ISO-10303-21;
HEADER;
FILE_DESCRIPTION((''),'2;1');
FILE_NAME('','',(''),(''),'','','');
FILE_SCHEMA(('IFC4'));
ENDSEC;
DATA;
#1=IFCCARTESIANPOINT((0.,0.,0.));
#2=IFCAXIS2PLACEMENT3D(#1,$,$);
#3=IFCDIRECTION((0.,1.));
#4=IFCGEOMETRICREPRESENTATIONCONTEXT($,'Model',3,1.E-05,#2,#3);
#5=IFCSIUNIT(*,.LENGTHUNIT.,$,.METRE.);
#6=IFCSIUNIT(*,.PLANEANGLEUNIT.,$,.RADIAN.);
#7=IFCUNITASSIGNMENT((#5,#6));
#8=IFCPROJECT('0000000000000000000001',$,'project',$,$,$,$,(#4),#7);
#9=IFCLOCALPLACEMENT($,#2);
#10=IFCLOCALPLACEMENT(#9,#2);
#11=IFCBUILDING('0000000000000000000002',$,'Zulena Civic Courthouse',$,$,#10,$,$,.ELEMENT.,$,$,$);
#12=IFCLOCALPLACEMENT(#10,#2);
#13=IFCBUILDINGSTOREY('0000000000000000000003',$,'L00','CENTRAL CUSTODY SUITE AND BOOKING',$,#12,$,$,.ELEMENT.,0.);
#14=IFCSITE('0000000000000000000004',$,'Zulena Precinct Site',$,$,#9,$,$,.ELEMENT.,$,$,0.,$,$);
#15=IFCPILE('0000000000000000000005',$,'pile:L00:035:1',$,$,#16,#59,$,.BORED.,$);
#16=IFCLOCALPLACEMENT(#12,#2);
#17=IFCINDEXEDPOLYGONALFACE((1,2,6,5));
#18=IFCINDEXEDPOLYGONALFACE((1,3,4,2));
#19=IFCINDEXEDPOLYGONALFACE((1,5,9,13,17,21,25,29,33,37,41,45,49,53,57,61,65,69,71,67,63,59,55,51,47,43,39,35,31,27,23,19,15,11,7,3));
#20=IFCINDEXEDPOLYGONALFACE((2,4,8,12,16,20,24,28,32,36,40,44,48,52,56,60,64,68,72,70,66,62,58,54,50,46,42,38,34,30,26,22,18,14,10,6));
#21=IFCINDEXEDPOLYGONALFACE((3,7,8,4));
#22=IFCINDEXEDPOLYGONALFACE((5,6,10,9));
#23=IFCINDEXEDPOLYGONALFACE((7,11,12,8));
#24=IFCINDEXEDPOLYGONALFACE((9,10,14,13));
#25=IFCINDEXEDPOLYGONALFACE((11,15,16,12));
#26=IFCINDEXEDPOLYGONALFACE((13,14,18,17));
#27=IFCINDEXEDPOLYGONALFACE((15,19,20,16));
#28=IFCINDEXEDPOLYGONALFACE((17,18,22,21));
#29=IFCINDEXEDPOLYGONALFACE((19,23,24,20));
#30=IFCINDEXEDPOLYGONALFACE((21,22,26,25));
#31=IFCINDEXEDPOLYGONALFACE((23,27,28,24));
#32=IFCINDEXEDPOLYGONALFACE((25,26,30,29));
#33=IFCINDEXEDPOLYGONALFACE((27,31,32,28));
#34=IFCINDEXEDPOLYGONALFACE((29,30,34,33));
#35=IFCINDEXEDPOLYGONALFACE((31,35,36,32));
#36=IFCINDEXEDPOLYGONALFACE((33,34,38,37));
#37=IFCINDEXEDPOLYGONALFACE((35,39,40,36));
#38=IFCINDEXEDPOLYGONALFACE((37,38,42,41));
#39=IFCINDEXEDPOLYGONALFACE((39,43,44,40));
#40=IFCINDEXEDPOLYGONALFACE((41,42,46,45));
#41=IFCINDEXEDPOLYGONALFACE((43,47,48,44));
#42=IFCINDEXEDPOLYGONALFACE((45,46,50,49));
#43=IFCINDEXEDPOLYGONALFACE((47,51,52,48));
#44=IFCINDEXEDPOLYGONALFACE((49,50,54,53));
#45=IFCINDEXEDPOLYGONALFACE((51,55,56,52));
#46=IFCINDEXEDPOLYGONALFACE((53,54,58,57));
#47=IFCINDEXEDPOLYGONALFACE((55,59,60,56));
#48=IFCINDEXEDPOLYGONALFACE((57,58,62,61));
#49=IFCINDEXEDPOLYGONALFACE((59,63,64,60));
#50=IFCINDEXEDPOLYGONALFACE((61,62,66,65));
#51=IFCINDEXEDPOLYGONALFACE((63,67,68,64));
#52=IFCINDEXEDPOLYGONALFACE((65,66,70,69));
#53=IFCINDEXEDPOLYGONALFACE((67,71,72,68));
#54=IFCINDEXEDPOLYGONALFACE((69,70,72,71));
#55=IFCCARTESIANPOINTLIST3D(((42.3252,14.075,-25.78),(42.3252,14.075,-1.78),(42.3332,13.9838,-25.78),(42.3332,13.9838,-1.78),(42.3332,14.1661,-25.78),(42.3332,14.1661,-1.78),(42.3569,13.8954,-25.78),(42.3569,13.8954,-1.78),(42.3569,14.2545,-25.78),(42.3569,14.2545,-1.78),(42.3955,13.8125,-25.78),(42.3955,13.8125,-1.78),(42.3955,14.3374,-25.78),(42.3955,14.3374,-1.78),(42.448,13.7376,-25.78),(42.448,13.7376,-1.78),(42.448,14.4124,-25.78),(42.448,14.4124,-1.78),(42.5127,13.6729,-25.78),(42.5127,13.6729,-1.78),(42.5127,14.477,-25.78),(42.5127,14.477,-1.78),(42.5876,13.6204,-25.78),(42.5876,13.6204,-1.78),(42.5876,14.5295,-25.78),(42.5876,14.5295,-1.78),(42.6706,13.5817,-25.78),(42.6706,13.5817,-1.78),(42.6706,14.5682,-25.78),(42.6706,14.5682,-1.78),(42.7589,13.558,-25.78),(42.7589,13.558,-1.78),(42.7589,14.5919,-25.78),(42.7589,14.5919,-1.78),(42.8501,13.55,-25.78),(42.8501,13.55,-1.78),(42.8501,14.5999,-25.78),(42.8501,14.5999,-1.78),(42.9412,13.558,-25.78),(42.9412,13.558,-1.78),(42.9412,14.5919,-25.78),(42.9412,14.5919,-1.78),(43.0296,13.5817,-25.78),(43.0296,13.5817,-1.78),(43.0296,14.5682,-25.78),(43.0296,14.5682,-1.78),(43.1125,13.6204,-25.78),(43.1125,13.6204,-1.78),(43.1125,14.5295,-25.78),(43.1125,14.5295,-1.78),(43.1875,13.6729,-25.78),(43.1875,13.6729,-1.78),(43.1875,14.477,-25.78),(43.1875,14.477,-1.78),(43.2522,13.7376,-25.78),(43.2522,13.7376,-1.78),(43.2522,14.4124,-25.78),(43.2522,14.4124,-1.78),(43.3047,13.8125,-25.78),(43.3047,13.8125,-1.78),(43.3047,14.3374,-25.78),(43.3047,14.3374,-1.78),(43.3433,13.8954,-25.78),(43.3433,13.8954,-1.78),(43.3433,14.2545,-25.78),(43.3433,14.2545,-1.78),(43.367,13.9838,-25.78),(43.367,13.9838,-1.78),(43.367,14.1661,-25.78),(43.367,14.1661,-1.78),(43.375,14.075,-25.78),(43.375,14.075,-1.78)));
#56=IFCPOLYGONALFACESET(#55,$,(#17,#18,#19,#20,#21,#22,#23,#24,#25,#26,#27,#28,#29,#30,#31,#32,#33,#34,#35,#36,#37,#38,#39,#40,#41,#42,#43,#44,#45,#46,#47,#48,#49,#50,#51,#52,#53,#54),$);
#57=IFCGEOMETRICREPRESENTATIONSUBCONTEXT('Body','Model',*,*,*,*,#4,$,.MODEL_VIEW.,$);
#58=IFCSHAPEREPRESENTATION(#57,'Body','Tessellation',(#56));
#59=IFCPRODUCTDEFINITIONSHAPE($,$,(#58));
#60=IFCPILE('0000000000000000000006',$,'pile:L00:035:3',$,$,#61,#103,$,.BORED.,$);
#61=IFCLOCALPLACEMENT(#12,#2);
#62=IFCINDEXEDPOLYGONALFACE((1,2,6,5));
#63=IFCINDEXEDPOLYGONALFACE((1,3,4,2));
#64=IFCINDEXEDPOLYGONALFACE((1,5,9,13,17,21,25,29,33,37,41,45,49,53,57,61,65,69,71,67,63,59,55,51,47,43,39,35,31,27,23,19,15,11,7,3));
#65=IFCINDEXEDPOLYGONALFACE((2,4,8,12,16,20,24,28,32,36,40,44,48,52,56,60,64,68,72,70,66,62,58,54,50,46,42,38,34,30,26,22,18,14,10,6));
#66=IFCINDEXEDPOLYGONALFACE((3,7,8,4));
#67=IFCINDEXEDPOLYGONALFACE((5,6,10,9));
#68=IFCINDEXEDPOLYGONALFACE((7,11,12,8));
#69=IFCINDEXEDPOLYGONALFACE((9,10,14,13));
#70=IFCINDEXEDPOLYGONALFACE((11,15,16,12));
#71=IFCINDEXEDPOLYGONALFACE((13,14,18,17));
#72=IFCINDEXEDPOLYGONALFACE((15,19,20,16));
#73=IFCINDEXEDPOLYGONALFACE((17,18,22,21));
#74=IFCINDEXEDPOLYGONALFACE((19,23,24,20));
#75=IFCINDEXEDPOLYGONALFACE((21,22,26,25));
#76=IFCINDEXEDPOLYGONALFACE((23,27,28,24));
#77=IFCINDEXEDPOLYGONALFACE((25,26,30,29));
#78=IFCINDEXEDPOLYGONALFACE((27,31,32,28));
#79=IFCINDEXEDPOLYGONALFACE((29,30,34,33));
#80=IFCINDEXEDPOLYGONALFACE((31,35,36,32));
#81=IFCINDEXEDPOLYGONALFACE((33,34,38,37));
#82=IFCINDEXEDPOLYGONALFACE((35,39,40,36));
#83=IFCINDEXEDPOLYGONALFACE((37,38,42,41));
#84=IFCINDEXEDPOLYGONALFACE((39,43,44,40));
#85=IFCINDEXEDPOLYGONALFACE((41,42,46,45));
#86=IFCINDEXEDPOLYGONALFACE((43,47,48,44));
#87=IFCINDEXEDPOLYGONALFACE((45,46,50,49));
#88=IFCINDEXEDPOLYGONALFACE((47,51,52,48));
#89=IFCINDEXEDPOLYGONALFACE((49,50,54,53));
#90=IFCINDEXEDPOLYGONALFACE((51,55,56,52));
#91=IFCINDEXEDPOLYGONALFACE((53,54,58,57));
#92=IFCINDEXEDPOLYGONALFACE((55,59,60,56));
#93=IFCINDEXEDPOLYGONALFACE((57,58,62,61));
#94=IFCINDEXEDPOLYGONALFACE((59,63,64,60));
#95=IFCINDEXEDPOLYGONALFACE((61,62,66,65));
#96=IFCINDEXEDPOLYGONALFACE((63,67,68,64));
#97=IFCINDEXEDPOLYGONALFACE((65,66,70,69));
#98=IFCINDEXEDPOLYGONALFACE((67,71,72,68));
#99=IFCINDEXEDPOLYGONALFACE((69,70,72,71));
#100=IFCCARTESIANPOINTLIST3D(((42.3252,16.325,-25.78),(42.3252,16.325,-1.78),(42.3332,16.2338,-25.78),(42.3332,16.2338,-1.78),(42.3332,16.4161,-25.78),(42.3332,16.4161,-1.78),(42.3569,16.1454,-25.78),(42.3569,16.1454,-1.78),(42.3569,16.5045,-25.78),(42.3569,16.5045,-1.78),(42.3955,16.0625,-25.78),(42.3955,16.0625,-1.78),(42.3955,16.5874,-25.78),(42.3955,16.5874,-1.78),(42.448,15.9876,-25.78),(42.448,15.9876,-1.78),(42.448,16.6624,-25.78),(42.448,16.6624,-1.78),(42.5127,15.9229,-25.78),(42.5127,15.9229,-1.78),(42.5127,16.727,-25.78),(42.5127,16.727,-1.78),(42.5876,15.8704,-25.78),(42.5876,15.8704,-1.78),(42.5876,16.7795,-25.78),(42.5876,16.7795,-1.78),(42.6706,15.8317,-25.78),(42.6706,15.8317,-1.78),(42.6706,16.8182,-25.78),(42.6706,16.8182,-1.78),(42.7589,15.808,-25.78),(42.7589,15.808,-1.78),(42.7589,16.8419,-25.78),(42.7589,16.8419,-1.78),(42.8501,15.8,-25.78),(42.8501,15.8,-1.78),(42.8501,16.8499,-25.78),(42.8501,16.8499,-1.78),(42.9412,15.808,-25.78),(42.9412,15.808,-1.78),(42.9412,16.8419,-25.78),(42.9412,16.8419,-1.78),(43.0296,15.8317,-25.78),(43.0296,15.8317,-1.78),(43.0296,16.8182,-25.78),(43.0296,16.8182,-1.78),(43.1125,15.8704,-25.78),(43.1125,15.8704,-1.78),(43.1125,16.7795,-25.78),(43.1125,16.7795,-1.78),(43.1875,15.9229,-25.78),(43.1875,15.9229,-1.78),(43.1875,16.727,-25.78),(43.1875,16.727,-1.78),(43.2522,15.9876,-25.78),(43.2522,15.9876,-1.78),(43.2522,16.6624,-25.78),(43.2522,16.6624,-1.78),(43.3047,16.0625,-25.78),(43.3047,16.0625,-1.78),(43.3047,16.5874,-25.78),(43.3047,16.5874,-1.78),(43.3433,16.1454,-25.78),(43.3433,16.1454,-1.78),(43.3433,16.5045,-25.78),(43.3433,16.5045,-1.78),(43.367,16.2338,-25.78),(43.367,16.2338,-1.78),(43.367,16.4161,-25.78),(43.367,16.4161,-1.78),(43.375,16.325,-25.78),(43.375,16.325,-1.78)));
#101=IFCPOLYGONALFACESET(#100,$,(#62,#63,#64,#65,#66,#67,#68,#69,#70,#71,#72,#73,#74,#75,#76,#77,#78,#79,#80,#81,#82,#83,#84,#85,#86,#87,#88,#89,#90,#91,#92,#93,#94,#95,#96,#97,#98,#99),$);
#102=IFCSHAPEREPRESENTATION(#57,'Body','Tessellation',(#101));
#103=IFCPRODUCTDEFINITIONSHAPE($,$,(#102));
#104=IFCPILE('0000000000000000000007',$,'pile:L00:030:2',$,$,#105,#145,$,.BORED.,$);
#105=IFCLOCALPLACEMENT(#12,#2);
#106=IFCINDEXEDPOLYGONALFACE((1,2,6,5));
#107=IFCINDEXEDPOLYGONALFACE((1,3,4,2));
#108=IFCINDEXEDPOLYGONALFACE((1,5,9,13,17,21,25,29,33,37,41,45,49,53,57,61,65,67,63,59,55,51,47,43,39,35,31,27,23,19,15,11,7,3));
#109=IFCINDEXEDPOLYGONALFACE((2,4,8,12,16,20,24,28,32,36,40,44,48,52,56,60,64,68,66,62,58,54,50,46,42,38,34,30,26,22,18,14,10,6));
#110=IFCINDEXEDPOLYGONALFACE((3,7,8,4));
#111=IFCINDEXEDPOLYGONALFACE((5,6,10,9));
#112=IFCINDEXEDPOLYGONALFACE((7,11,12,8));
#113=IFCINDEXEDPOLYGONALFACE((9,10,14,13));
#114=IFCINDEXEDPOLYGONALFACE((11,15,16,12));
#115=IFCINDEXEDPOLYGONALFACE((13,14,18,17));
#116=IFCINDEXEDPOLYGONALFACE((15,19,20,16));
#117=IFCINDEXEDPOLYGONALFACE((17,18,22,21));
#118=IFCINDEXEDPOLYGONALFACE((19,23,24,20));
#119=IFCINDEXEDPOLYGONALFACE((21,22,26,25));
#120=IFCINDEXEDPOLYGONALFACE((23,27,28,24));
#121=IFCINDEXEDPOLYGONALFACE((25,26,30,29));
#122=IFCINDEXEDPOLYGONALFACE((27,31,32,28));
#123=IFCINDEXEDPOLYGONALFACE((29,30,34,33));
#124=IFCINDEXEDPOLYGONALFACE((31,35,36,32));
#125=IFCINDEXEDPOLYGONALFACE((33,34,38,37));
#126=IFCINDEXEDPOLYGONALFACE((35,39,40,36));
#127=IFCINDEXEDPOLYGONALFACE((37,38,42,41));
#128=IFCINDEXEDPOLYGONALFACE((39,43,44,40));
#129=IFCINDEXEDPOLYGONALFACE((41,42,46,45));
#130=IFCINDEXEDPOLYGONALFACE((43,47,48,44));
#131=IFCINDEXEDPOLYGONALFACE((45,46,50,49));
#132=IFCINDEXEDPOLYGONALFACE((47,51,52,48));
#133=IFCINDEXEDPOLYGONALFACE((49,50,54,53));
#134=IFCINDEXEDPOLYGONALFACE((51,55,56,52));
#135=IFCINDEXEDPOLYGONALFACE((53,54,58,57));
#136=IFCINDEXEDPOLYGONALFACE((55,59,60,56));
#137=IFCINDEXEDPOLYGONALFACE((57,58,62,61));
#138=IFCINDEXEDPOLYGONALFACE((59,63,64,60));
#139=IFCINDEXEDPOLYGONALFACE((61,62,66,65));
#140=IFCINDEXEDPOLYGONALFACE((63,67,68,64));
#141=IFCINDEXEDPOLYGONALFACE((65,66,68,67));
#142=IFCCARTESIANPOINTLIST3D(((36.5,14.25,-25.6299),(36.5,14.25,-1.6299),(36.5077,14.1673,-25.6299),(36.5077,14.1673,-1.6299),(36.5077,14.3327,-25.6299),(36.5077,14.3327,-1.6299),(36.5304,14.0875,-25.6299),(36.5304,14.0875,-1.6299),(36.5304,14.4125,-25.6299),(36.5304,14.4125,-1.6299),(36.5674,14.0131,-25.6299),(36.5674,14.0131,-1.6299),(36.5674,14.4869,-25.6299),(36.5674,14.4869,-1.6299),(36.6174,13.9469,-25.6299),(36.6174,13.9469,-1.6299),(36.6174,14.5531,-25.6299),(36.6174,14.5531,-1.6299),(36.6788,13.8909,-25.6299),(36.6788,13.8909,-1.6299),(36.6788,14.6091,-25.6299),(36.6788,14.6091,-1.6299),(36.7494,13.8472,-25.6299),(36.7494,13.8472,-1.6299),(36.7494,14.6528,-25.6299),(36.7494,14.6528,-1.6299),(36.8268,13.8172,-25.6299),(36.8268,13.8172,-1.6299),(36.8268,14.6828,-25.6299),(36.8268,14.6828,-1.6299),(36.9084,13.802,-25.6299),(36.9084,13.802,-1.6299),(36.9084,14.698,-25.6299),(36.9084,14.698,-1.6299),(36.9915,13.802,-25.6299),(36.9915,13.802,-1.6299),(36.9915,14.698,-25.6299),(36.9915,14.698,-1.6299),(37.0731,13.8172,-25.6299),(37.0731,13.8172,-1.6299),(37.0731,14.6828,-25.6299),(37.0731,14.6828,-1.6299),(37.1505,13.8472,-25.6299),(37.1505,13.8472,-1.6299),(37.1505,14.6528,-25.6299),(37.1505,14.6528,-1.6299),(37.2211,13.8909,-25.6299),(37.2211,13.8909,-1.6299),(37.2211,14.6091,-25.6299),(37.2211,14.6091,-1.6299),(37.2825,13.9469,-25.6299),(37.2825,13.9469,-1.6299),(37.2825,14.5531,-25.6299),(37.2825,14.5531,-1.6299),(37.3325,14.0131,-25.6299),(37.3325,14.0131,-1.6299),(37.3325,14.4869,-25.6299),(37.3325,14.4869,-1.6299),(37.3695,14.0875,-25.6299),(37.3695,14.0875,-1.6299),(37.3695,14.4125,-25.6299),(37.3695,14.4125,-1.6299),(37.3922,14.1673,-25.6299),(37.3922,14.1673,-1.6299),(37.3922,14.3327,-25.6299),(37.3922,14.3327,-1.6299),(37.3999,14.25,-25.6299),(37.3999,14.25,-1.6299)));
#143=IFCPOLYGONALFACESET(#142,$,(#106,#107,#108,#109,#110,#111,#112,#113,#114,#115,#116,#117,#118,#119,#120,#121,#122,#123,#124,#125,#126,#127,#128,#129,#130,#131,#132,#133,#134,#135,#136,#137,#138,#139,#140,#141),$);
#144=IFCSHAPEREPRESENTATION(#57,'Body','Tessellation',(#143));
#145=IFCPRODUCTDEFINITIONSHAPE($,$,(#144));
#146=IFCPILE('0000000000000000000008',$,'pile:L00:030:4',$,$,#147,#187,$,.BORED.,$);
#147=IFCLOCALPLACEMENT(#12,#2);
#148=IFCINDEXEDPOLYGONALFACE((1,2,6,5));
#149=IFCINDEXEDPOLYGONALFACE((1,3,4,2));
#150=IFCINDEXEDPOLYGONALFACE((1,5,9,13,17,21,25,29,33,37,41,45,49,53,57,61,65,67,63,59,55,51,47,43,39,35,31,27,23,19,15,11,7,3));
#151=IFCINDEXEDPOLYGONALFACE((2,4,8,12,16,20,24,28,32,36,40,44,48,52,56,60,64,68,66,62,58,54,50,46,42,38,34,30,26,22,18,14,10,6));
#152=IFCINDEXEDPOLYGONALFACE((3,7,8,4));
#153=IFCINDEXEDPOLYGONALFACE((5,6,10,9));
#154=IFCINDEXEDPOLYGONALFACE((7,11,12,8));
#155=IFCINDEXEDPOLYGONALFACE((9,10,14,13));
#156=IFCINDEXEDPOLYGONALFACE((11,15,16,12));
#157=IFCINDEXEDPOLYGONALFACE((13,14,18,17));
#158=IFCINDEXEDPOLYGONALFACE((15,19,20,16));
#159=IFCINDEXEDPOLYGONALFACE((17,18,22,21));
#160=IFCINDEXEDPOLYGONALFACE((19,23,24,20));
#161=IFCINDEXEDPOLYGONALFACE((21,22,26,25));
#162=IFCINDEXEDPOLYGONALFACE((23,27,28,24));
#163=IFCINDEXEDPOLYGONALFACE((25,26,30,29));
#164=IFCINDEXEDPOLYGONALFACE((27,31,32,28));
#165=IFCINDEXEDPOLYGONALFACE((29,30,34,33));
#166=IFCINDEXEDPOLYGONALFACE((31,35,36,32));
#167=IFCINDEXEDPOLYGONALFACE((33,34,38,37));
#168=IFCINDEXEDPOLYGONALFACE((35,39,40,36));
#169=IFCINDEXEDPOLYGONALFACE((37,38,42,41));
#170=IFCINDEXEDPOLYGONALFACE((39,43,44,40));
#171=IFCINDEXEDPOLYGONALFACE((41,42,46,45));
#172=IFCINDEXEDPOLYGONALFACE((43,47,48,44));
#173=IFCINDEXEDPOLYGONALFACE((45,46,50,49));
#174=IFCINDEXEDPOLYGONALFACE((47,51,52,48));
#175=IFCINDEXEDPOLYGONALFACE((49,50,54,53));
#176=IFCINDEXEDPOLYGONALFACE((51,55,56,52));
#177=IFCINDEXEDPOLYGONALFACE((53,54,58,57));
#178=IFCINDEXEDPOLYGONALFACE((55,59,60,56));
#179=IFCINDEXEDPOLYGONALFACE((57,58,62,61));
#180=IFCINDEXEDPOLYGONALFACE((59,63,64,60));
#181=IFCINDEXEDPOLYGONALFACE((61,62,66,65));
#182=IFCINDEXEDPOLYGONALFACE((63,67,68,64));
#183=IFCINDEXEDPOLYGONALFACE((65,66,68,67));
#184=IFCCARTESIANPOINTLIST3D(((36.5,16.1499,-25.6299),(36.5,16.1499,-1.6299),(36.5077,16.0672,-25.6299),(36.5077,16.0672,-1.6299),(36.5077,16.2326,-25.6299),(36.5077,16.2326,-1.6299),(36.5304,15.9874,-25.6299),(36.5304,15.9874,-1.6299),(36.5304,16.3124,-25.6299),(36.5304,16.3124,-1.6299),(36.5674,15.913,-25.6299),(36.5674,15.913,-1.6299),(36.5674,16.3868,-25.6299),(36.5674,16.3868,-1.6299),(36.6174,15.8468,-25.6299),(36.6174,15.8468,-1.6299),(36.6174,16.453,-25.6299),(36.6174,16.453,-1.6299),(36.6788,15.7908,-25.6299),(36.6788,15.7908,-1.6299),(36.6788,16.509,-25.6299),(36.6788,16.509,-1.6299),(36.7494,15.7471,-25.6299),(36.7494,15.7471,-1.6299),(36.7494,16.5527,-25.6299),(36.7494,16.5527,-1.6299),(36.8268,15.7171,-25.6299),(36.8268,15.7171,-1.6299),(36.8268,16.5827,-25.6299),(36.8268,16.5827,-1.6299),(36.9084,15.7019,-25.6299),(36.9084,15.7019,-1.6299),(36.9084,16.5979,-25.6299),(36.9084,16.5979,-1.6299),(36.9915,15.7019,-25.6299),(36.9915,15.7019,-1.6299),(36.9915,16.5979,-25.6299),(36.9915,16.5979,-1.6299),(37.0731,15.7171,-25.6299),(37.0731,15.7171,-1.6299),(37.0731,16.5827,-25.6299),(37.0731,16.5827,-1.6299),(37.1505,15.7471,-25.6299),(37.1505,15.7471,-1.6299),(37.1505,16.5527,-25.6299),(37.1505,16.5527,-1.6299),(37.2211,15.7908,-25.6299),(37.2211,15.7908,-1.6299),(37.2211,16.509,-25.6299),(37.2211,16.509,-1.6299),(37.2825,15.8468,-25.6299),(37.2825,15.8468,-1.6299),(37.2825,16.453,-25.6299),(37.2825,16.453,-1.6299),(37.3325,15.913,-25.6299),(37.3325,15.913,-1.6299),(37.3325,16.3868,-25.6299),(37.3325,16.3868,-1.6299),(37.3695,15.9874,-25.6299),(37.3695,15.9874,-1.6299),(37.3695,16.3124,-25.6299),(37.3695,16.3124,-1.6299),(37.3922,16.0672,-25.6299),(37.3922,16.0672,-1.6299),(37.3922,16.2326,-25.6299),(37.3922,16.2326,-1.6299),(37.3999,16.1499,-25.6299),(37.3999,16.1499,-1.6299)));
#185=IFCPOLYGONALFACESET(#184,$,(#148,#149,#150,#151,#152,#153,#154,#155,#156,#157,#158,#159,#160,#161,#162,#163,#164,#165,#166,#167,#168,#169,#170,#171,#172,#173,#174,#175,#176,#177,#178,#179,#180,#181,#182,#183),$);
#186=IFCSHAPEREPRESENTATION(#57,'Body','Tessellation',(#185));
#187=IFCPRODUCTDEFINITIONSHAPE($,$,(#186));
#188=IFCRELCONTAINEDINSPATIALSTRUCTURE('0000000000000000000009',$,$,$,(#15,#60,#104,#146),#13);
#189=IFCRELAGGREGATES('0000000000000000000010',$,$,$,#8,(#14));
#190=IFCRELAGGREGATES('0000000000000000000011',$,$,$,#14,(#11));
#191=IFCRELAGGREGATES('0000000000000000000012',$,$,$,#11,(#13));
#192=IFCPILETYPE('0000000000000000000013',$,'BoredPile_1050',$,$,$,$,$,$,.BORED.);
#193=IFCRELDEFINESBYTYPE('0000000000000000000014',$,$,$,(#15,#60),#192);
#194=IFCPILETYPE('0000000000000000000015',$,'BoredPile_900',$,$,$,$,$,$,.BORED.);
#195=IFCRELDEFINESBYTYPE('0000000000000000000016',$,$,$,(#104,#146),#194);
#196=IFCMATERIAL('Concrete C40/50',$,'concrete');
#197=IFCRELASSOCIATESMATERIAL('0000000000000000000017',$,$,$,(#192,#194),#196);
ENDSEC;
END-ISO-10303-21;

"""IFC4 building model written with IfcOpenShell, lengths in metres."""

from ifc_helpers import new_model, si_unit, direction, frame, origin, origin_2d, place, context, subcontext, project, spatial, circle, extrude, material, material_profile, profile_set, type_object, element, save


model = new_model("IFC4")

# Units and contexts
model_context = context("Model", 3, precision=1e-05, world=origin(), true_north=direction((0.0, 1.0)))
body_context = subcontext(model_context, "Body", "Model", "MODEL_VIEW")
ifc_project = project(units=[si_unit("LENGTHUNIT", "METRE"), si_unit("PLANEANGLEUNIT", "RADIAN")], contexts=[model_context])

# Site, building, storey
site_placement = place(None, origin())
site = spatial("IfcSite", under=ifc_project, at=site_placement, Name="Zulena Precinct Site", CompositionType="ELEMENT", RefElevation=0.0)
building_placement = place(site_placement, origin())
building = spatial("IfcBuilding", under=site, at=building_placement, Name="Zulena Civic Courthouse", CompositionType="ELEMENT")
storey_placement = place(building_placement, origin())
storey = spatial("IfcBuildingStorey", under=building, at=storey_placement, Name="L00", Description="CENTRAL CUSTODY SUITE AND BOOKING", CompositionType="ELEMENT", Elevation=0.0)

# Piles
ifc_material_1 = material(Name="Concrete C40/50", Category="concrete")
ifc_material_profile_1 = material_profile(ifc_material_1, circle(Radius=0.5249, at=origin_2d()), Name="PILE1050")
ifc_profile_set_1 = profile_set([ifc_material_profile_1], Name="Concrete C40/50")
pile_type_1 = type_object("IfcPileType", Name="BoredPile_1050", PredefinedType="BORED", material=ifc_profile_set_1)
for number, where, z_axis, x_axis, name in (
    (1, (42.8501, 14.075, -1.78), (0.0, 0.0, -1.0), (1.0, 0.0, 0.0), "pile:L00:035:1"),
    (2, (42.8501, 16.325, -1.78), (0.0, 0.0, -1.0), (1.0, 0.0, 0.0), "pile:L00:035:3"),
):
    element("IfcPile", number, at=place(storey_placement, frame(where, z_axis=z_axis, x_axis=x_axis)), inside=storey, type_object=pile_type_1, Name=name, PredefinedType="BORED", context=body_context, shape_type="SweptSolid", body=[
        extrude(circle(Radius=0.5249, at=origin_2d()), origin(), (0.0, 0.0, 1.0), 24.0),
    ])
ifc_material_profile_2 = material_profile(ifc_material_1, circle(Radius=0.45, at=origin_2d()), Name="PILE900")
ifc_profile_set_2 = profile_set([ifc_material_profile_2], Name="Concrete C40/50")
pile_type_2 = type_object("IfcPileType", Name="BoredPile_900", PredefinedType="BORED", material=ifc_profile_set_2)
for number, where, z_axis, x_axis, name in (
    (3, (36.95, 14.25, -1.6299), (0.0, 0.0, -1.0), (1.0, 0.0, 0.0), "pile:L00:030:2"),
    (4, (36.95, 16.1499, -1.6299), (0.0, 0.0, -1.0), (1.0, 0.0, 0.0), "pile:L00:030:4"),
):
    element("IfcPile", number, at=place(storey_placement, frame(where, z_axis=z_axis, x_axis=x_axis)), inside=storey, type_object=pile_type_2, Name=name, PredefinedType="BORED", context=body_context, shape_type="SweptSolid", body=[
        extrude(circle(Radius=0.45, at=origin_2d()), origin(), (0.0, 0.0, 1.0), 24.0),
    ])

save(model, "model.ifc")
